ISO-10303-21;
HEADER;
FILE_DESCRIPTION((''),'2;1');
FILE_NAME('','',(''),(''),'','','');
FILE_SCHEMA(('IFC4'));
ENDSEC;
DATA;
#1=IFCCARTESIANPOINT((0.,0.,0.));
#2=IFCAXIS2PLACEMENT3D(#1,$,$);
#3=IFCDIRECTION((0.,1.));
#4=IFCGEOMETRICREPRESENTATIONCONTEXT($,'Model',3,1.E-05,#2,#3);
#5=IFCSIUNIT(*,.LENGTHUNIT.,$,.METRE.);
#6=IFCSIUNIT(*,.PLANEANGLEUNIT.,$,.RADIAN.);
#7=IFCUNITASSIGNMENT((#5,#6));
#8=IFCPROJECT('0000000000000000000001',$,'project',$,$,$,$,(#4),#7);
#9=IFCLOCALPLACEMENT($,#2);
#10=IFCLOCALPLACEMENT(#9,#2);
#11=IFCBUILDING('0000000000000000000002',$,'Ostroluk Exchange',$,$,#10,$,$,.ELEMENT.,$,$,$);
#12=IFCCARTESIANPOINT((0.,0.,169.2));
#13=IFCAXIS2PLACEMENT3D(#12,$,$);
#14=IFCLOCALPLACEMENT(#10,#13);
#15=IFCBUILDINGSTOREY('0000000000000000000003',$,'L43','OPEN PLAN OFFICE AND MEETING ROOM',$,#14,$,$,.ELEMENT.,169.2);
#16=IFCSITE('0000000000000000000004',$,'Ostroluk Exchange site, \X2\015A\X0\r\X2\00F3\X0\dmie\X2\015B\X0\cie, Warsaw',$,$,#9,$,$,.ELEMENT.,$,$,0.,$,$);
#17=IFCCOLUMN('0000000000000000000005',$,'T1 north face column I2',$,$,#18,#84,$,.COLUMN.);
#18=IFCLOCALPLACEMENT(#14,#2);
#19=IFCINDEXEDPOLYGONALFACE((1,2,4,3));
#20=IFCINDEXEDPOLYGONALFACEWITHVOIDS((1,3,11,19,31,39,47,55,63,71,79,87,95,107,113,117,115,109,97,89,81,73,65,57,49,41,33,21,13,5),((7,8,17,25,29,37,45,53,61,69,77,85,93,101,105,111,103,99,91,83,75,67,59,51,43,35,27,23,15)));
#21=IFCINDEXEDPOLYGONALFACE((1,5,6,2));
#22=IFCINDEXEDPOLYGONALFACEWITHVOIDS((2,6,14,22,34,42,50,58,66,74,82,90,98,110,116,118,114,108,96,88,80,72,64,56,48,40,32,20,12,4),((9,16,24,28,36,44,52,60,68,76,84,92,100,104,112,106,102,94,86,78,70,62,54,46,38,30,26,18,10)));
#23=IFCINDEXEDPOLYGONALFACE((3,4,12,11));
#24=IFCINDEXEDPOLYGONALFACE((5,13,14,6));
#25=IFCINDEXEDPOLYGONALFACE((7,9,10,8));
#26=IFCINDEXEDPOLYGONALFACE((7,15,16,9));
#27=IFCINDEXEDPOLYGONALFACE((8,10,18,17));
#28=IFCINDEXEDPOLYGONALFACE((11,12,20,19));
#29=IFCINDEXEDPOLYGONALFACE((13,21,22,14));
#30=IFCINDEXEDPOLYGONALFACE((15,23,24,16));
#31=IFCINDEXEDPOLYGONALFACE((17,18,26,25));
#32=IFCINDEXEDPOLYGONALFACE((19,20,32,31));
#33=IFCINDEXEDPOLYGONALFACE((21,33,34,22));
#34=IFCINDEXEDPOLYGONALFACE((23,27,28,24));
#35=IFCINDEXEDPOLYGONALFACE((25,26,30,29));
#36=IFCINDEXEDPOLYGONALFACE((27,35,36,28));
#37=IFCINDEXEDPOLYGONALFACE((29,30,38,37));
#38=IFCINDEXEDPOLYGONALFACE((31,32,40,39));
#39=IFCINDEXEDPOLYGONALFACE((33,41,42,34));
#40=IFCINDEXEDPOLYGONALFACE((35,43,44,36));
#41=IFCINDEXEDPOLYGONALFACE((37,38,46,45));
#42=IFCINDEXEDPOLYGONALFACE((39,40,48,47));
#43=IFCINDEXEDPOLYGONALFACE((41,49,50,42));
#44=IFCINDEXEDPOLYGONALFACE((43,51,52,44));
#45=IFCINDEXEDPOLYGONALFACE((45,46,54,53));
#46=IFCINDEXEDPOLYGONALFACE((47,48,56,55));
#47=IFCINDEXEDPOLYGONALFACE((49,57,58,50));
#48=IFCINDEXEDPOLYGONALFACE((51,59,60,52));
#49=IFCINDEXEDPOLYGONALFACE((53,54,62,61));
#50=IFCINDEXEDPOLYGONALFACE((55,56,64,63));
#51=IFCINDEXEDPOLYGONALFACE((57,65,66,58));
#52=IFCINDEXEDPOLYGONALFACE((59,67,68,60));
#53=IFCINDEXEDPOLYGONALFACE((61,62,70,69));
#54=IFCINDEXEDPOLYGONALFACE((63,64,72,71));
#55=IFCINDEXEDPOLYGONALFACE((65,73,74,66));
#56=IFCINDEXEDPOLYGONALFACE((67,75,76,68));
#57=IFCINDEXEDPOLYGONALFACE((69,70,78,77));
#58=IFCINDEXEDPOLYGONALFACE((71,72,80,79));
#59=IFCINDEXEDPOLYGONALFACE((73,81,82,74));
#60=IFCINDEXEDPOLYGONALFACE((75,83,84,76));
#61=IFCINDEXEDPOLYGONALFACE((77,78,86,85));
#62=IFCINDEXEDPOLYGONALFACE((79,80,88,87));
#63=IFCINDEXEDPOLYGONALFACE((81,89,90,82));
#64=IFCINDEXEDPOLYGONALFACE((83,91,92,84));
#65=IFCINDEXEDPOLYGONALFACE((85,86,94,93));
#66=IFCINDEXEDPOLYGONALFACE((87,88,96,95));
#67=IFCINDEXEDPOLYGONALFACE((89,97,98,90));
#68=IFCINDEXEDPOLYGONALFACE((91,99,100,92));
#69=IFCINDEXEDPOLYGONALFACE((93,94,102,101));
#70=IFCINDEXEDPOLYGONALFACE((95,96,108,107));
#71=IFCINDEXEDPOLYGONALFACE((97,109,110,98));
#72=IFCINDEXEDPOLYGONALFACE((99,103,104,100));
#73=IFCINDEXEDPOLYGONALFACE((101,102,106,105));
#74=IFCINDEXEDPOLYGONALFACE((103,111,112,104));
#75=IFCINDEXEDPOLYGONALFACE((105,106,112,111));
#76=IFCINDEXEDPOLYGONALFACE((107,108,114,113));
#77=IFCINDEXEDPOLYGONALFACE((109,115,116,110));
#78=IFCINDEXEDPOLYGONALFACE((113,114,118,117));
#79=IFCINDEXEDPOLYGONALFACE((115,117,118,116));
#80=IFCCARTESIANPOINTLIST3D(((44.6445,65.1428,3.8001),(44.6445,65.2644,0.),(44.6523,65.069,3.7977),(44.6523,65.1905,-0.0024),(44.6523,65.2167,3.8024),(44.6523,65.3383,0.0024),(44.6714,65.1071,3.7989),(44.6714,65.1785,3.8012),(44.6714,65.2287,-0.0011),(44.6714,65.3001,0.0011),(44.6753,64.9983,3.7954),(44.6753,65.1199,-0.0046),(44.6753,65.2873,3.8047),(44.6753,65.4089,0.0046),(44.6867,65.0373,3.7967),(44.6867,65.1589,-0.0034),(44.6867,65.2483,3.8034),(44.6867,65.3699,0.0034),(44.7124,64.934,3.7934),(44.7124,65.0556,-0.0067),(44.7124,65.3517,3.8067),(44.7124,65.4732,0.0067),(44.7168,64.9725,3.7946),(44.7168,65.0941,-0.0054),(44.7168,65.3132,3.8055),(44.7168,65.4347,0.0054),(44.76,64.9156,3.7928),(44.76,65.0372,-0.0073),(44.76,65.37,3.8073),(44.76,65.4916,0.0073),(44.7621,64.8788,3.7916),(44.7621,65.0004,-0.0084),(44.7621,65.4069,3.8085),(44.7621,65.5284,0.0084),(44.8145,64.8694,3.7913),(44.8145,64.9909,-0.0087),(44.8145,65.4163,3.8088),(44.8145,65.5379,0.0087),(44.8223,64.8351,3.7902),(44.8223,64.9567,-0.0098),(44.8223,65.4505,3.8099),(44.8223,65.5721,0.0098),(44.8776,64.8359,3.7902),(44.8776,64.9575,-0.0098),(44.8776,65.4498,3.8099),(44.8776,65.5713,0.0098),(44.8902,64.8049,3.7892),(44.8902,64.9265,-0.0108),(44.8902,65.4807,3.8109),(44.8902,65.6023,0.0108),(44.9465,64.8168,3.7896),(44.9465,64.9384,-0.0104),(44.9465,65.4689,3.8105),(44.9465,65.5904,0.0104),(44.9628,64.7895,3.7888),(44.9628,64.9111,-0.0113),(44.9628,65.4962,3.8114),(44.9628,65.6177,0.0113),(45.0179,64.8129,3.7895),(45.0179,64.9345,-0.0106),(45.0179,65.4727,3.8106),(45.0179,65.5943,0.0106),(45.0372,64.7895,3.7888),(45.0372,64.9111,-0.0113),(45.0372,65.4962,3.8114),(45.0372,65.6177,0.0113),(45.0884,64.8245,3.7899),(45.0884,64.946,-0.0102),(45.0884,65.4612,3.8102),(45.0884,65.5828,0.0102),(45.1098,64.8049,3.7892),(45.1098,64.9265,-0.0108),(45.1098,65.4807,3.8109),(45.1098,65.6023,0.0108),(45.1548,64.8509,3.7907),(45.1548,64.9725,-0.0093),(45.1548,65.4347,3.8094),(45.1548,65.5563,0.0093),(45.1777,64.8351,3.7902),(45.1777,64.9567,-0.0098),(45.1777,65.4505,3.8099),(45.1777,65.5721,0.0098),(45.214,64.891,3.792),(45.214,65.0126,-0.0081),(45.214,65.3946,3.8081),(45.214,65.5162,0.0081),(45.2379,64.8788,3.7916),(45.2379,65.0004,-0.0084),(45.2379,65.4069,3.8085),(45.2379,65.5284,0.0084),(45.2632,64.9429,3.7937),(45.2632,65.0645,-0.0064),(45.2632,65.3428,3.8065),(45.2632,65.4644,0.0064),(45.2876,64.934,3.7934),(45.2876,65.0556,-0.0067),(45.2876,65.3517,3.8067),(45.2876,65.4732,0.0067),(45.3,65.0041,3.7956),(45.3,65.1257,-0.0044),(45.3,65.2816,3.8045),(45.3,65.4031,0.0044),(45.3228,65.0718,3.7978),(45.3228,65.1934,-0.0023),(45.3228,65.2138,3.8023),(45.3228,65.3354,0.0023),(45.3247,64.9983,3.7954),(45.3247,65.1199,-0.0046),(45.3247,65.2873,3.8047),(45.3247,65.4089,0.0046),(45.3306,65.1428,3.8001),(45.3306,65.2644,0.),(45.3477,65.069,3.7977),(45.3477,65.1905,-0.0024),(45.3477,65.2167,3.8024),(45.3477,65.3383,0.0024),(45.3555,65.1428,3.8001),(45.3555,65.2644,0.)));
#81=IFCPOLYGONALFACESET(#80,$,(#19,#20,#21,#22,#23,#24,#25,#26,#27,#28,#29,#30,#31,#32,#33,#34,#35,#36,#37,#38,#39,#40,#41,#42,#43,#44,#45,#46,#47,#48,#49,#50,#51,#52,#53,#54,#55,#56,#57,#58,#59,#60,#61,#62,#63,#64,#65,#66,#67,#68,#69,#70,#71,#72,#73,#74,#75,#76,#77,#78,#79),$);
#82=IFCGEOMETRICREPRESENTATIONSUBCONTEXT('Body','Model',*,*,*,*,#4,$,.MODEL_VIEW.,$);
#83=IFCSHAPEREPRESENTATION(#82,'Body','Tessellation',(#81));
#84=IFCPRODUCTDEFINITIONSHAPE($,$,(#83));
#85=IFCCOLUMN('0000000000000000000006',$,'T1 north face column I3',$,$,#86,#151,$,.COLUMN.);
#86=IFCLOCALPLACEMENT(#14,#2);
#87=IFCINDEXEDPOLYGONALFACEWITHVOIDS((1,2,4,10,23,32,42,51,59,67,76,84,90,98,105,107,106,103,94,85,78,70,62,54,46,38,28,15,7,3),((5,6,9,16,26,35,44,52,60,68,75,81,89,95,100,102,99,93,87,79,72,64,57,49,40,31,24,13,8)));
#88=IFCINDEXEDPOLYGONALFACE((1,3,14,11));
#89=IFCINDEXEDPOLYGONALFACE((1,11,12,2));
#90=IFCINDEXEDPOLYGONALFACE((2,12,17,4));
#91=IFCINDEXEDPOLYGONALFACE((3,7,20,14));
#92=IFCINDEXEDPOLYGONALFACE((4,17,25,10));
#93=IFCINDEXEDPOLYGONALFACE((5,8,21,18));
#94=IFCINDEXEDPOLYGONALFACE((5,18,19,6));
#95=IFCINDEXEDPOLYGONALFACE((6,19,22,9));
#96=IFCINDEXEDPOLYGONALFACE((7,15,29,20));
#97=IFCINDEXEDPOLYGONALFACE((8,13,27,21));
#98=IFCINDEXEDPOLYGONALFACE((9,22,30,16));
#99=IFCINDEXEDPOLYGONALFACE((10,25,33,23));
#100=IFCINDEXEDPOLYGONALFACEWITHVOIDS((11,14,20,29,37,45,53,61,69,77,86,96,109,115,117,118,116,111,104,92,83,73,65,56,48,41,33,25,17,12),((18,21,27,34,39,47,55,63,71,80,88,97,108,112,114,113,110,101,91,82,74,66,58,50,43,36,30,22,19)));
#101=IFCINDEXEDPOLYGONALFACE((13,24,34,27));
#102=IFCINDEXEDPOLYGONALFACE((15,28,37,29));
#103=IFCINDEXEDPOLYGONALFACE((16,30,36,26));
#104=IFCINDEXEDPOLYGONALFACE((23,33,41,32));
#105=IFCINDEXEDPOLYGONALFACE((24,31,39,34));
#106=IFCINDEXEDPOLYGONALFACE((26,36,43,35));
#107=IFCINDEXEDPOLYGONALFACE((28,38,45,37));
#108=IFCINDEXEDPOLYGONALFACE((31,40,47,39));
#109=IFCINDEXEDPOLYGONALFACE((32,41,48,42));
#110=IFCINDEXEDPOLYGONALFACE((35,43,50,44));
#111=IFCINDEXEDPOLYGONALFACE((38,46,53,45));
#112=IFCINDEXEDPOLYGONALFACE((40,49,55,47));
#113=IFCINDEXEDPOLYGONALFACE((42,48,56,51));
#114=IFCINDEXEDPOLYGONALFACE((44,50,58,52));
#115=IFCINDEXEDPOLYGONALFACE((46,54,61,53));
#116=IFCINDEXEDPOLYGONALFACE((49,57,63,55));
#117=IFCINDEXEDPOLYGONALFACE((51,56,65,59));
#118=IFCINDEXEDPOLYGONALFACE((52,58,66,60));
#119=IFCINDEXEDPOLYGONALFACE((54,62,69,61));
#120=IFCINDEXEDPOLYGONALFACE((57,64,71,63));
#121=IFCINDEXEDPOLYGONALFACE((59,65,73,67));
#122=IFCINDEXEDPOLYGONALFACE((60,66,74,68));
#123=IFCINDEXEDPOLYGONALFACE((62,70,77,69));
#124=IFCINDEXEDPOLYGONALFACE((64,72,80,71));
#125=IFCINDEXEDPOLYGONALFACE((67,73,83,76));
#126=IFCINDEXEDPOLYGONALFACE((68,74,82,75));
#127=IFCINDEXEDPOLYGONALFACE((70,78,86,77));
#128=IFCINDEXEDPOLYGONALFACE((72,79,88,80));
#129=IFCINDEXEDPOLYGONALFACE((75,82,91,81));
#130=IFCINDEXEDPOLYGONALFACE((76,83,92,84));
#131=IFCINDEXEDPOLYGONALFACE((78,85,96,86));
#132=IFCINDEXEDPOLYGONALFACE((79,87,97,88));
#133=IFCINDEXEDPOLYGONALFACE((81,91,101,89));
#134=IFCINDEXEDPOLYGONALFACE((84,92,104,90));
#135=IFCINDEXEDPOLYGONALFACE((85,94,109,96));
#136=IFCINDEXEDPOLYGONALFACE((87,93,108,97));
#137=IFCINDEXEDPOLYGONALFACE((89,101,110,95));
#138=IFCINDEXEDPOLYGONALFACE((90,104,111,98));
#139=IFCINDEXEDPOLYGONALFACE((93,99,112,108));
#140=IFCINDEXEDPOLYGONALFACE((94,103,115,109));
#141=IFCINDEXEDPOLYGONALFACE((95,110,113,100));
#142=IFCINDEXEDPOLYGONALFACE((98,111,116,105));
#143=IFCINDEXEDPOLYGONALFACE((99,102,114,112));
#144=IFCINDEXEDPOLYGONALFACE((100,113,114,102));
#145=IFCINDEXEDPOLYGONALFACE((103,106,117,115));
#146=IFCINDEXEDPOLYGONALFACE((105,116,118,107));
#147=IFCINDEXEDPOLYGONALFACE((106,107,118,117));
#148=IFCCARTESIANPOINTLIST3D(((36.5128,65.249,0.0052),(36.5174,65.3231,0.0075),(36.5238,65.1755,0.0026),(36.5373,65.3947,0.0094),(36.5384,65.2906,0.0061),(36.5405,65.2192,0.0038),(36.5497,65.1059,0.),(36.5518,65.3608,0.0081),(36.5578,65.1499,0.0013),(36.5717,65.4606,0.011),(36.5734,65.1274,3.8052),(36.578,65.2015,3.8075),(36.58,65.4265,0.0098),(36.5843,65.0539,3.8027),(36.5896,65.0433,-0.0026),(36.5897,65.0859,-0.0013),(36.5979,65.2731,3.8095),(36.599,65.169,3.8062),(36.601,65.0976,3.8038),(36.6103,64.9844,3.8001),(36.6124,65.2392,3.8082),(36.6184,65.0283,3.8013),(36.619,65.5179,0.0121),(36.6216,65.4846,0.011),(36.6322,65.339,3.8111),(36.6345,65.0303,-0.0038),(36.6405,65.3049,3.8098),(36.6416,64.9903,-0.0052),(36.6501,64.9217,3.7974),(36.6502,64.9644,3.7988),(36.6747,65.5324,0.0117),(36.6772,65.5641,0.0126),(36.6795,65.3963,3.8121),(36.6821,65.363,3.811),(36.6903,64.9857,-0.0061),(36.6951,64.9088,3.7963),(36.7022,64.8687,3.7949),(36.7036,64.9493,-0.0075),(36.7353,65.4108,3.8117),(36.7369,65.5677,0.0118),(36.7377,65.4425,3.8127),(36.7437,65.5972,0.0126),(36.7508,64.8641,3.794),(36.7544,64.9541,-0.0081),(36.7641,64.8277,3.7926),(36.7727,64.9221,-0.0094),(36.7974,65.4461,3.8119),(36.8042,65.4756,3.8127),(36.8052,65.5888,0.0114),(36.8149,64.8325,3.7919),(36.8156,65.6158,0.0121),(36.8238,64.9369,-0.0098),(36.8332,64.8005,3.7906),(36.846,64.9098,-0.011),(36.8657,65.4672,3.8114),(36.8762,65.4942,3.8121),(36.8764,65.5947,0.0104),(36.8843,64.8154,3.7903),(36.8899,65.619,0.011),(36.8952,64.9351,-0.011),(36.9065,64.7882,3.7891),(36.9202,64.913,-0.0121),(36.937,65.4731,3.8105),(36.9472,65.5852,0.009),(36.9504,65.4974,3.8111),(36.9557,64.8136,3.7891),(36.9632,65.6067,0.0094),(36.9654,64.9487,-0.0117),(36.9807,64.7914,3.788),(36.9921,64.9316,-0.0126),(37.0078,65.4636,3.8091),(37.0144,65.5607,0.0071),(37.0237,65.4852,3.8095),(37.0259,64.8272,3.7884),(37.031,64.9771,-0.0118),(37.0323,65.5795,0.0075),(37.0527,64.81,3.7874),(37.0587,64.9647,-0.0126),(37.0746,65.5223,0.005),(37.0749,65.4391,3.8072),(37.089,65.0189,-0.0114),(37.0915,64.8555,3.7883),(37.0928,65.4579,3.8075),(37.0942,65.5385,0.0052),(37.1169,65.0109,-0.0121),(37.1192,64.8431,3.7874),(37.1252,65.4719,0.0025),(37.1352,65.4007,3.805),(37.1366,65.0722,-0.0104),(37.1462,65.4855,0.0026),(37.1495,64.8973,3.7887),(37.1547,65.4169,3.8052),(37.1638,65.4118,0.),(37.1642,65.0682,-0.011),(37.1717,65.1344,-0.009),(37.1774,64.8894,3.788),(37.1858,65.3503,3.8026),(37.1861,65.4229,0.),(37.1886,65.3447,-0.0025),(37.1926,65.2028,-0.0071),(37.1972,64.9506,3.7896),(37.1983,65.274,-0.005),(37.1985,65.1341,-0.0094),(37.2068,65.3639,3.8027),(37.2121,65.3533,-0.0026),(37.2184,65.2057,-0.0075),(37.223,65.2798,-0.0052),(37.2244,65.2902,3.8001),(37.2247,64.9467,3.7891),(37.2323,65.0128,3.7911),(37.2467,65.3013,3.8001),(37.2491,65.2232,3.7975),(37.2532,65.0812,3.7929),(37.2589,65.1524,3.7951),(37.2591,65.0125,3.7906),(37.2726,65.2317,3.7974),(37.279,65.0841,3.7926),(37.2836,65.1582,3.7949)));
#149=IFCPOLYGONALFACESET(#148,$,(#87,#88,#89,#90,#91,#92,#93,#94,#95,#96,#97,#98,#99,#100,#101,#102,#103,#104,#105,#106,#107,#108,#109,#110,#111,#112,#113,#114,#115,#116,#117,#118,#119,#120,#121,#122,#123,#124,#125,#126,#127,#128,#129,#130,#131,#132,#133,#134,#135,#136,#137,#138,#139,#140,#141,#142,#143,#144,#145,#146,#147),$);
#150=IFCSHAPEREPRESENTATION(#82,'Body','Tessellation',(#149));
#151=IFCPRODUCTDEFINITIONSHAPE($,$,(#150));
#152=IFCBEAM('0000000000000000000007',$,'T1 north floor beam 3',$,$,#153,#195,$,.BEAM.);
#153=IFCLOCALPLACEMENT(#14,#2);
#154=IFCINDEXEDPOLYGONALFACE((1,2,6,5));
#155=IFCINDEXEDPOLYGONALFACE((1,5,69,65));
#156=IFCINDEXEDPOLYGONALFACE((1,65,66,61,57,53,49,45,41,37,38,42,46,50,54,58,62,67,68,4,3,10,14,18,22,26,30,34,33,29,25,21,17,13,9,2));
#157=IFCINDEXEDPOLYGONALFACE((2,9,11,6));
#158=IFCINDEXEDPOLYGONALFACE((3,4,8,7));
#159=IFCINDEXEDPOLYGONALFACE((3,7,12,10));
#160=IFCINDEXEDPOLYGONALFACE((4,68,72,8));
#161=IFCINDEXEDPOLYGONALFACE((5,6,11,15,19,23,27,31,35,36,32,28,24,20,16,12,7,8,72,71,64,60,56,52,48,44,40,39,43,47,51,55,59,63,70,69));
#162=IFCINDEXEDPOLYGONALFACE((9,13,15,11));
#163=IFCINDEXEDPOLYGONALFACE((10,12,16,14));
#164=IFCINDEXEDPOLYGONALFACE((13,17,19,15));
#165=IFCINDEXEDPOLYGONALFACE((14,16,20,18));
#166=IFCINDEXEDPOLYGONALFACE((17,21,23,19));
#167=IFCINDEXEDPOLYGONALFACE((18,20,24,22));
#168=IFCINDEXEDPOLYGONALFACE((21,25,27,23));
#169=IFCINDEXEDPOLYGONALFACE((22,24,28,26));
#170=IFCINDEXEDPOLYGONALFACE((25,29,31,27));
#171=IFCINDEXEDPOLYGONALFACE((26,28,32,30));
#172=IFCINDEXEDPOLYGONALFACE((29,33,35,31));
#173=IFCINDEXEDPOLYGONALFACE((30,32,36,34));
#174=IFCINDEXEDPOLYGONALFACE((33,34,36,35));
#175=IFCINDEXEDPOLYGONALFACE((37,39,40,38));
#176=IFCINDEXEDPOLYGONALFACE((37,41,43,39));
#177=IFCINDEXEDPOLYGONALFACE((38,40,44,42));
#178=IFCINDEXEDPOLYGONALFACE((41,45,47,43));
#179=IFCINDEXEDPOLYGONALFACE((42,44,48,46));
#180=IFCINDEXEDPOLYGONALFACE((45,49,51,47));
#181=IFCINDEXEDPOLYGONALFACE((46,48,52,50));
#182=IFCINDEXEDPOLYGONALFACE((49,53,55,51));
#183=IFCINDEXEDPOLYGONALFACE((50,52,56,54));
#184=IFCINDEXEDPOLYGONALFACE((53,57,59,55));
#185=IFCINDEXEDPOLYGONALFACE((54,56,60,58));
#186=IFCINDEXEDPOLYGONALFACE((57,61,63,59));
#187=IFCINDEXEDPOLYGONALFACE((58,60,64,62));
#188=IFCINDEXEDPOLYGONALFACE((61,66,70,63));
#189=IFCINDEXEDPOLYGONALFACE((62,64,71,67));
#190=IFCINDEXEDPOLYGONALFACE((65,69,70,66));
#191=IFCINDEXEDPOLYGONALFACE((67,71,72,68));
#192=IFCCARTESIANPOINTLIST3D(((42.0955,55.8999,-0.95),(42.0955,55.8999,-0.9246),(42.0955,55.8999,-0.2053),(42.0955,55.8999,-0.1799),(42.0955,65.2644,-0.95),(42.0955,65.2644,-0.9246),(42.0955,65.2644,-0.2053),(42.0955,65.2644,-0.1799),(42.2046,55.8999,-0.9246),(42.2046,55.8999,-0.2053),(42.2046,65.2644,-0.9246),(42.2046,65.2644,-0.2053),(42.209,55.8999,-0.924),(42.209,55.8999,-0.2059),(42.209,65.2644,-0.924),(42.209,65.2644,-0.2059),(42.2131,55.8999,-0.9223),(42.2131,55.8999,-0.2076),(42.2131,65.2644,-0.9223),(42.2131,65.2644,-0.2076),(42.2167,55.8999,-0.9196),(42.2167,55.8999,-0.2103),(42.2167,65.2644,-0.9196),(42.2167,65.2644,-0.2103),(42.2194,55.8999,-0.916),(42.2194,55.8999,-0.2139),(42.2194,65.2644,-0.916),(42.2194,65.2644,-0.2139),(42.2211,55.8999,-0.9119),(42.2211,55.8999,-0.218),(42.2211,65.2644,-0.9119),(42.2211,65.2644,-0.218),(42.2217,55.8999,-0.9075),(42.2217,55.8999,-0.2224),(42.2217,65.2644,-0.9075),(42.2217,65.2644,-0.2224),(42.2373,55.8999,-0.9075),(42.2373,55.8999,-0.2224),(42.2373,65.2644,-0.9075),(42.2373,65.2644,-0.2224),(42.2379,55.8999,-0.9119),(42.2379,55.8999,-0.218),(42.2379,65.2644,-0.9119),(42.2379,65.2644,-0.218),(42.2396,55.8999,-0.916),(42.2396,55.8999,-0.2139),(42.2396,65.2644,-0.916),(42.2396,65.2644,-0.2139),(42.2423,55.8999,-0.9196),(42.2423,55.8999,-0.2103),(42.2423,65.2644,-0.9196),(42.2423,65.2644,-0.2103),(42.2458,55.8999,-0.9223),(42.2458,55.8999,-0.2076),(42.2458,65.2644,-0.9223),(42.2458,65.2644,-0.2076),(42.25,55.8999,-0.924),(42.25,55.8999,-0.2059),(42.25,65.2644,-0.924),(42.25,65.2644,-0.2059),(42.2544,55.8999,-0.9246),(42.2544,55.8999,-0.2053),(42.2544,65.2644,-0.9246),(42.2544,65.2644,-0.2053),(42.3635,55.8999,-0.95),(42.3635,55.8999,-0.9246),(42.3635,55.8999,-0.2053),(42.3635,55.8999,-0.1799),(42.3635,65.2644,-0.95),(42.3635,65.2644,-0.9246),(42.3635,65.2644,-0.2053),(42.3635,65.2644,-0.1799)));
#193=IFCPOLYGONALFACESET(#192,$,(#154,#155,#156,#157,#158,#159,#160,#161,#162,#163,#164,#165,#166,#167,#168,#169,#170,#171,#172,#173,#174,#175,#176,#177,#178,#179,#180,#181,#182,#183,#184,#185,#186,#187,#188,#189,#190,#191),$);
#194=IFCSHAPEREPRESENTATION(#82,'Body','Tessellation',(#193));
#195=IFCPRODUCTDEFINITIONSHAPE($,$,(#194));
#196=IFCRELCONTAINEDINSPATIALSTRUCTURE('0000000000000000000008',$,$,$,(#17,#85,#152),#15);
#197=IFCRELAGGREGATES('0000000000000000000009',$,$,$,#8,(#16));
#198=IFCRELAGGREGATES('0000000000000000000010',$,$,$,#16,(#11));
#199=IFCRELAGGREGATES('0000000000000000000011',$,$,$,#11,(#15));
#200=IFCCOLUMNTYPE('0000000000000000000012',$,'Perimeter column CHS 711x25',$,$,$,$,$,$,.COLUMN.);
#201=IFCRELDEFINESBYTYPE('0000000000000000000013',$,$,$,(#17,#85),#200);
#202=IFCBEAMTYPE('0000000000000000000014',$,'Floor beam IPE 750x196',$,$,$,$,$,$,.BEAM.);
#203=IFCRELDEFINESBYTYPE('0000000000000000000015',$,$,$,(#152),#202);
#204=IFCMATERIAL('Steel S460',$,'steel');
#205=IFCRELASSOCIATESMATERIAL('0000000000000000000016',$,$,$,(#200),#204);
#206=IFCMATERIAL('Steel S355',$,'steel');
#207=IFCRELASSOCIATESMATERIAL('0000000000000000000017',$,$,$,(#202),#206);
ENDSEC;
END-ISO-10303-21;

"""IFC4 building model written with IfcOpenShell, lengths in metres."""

from ifc_helpers import new_model, si_unit, direction, frame, origin, origin_2d, place, context, subcontext, project, spatial, hollow_circle, i_section, extrude, material, material_profile, profile_set, type_object, element, save


model = new_model("IFC4")

# Units and contexts
model_context = context("Model", 3, precision=1e-05, world=origin(), true_north=direction((0.0, 1.0)))
body_context = subcontext(model_context, "Body", "Model", "MODEL_VIEW")
ifc_project = project(units=[si_unit("LENGTHUNIT", "METRE"), si_unit("PLANEANGLEUNIT", "RADIAN")], contexts=[model_context])

# Site, building, storey
site_placement = place(None, origin())
site = spatial("IfcSite", under=ifc_project, at=site_placement, Name="Ostroluk Exchange site, Śródmieście, Warsaw", CompositionType="ELEMENT", RefElevation=0.0)
building_placement = place(site_placement, origin())
building = spatial("IfcBuilding", under=site, at=building_placement, Name="Ostroluk Exchange", CompositionType="ELEMENT")
storey_placement = place(building_placement, frame((0.0, 0.0, 169.2)))
storey = spatial("IfcBuildingStorey", under=building, at=storey_placement, Name="L43", Description="OPEN PLAN OFFICE AND MEETING ROOM", CompositionType="ELEMENT", Elevation=169.2)

# Columns
ifc_material_1 = material(Name="Steel S460", Category="steel")
ifc_material_profile_1 = material_profile(ifc_material_1, hollow_circle(Radius=0.3555, WallThickness=0.0249, at=origin_2d()), Name="CHS 711x25")
ifc_profile_set_1 = profile_set([ifc_material_profile_1], Name="Steel S460")
column_type = type_object("IfcColumnType", Name="Perimeter column CHS 711x25", PredefinedType="COLUMN", material=ifc_profile_set_1)
column_1_placement = place(storey_placement, frame((45.0, 65.2644, 0.0), z_axis=(0.0, -0.031978, 0.999489), x_axis=(1.0, 0.0, 0.0)))
element("IfcColumn", 1, at=column_1_placement, inside=storey, type_object=column_type, Name="T1 north face column I2", PredefinedType="COLUMN", context=body_context, shape_type="SweptSolid", body=[
    extrude(hollow_circle(Radius=0.3555, WallThickness=0.0249, at=origin_2d()), origin(), (0.0, 0.0, 1.0), 3.802),
])
column_2_placement = place(storey_placement, frame((36.8679, 65.2644, 0.0), z_axis=(0.015923, -0.031974, 0.999362), x_axis=(0.895145, 0.445775, 0.0)))
element("IfcColumn", 2, at=column_2_placement, inside=storey, type_object=column_type, Name="T1 north face column I3", PredefinedType="COLUMN", context=body_context, shape_type="SweptSolid", body=[
    extrude(hollow_circle(Radius=0.3555, WallThickness=0.0249, at=origin_2d()), origin(), (0.0, 0.0, 1.0), 3.8025),
])

# Beam
ifc_material_2 = material(Name="Steel S355", Category="steel")
ifc_material_profile_2 = material_profile(ifc_material_2, i_section(OverallWidth=0.2681, OverallDepth=0.77, WebThickness=0.0156, FlangeThickness=0.0254, FilletRadius=0.0171, at=origin_2d()), Name="IPE 750x196")
ifc_profile_set_2 = profile_set([ifc_material_profile_2], Name="Steel S355")
beam_type_1 = type_object("IfcBeamType", Name="Floor beam IPE 750x196", PredefinedType="BEAM", material=ifc_profile_set_2)
for number, where, z_axis, x_axis, name in (
    (3, (42.2295, 55.8999, -0.5649), (0.0, 1.0, 0.0), (-1.0, 0.0, 0.0), "T1 north floor beam 3"),
):
    element("IfcBeam", number, at=place(storey_placement, frame(where, z_axis=z_axis, x_axis=x_axis)), inside=storey, type_object=beam_type_1, Name=name, PredefinedType="BEAM", context=body_context, shape_type="SweptSolid", body=[
        extrude(i_section(OverallWidth=0.2681, OverallDepth=0.77, WebThickness=0.0156, FlangeThickness=0.0254, FilletRadius=0.0171, at=origin_2d()), origin(), (0.0, 0.0, 1.0), 9.3645),
    ])

save(model, "model.ifc")
